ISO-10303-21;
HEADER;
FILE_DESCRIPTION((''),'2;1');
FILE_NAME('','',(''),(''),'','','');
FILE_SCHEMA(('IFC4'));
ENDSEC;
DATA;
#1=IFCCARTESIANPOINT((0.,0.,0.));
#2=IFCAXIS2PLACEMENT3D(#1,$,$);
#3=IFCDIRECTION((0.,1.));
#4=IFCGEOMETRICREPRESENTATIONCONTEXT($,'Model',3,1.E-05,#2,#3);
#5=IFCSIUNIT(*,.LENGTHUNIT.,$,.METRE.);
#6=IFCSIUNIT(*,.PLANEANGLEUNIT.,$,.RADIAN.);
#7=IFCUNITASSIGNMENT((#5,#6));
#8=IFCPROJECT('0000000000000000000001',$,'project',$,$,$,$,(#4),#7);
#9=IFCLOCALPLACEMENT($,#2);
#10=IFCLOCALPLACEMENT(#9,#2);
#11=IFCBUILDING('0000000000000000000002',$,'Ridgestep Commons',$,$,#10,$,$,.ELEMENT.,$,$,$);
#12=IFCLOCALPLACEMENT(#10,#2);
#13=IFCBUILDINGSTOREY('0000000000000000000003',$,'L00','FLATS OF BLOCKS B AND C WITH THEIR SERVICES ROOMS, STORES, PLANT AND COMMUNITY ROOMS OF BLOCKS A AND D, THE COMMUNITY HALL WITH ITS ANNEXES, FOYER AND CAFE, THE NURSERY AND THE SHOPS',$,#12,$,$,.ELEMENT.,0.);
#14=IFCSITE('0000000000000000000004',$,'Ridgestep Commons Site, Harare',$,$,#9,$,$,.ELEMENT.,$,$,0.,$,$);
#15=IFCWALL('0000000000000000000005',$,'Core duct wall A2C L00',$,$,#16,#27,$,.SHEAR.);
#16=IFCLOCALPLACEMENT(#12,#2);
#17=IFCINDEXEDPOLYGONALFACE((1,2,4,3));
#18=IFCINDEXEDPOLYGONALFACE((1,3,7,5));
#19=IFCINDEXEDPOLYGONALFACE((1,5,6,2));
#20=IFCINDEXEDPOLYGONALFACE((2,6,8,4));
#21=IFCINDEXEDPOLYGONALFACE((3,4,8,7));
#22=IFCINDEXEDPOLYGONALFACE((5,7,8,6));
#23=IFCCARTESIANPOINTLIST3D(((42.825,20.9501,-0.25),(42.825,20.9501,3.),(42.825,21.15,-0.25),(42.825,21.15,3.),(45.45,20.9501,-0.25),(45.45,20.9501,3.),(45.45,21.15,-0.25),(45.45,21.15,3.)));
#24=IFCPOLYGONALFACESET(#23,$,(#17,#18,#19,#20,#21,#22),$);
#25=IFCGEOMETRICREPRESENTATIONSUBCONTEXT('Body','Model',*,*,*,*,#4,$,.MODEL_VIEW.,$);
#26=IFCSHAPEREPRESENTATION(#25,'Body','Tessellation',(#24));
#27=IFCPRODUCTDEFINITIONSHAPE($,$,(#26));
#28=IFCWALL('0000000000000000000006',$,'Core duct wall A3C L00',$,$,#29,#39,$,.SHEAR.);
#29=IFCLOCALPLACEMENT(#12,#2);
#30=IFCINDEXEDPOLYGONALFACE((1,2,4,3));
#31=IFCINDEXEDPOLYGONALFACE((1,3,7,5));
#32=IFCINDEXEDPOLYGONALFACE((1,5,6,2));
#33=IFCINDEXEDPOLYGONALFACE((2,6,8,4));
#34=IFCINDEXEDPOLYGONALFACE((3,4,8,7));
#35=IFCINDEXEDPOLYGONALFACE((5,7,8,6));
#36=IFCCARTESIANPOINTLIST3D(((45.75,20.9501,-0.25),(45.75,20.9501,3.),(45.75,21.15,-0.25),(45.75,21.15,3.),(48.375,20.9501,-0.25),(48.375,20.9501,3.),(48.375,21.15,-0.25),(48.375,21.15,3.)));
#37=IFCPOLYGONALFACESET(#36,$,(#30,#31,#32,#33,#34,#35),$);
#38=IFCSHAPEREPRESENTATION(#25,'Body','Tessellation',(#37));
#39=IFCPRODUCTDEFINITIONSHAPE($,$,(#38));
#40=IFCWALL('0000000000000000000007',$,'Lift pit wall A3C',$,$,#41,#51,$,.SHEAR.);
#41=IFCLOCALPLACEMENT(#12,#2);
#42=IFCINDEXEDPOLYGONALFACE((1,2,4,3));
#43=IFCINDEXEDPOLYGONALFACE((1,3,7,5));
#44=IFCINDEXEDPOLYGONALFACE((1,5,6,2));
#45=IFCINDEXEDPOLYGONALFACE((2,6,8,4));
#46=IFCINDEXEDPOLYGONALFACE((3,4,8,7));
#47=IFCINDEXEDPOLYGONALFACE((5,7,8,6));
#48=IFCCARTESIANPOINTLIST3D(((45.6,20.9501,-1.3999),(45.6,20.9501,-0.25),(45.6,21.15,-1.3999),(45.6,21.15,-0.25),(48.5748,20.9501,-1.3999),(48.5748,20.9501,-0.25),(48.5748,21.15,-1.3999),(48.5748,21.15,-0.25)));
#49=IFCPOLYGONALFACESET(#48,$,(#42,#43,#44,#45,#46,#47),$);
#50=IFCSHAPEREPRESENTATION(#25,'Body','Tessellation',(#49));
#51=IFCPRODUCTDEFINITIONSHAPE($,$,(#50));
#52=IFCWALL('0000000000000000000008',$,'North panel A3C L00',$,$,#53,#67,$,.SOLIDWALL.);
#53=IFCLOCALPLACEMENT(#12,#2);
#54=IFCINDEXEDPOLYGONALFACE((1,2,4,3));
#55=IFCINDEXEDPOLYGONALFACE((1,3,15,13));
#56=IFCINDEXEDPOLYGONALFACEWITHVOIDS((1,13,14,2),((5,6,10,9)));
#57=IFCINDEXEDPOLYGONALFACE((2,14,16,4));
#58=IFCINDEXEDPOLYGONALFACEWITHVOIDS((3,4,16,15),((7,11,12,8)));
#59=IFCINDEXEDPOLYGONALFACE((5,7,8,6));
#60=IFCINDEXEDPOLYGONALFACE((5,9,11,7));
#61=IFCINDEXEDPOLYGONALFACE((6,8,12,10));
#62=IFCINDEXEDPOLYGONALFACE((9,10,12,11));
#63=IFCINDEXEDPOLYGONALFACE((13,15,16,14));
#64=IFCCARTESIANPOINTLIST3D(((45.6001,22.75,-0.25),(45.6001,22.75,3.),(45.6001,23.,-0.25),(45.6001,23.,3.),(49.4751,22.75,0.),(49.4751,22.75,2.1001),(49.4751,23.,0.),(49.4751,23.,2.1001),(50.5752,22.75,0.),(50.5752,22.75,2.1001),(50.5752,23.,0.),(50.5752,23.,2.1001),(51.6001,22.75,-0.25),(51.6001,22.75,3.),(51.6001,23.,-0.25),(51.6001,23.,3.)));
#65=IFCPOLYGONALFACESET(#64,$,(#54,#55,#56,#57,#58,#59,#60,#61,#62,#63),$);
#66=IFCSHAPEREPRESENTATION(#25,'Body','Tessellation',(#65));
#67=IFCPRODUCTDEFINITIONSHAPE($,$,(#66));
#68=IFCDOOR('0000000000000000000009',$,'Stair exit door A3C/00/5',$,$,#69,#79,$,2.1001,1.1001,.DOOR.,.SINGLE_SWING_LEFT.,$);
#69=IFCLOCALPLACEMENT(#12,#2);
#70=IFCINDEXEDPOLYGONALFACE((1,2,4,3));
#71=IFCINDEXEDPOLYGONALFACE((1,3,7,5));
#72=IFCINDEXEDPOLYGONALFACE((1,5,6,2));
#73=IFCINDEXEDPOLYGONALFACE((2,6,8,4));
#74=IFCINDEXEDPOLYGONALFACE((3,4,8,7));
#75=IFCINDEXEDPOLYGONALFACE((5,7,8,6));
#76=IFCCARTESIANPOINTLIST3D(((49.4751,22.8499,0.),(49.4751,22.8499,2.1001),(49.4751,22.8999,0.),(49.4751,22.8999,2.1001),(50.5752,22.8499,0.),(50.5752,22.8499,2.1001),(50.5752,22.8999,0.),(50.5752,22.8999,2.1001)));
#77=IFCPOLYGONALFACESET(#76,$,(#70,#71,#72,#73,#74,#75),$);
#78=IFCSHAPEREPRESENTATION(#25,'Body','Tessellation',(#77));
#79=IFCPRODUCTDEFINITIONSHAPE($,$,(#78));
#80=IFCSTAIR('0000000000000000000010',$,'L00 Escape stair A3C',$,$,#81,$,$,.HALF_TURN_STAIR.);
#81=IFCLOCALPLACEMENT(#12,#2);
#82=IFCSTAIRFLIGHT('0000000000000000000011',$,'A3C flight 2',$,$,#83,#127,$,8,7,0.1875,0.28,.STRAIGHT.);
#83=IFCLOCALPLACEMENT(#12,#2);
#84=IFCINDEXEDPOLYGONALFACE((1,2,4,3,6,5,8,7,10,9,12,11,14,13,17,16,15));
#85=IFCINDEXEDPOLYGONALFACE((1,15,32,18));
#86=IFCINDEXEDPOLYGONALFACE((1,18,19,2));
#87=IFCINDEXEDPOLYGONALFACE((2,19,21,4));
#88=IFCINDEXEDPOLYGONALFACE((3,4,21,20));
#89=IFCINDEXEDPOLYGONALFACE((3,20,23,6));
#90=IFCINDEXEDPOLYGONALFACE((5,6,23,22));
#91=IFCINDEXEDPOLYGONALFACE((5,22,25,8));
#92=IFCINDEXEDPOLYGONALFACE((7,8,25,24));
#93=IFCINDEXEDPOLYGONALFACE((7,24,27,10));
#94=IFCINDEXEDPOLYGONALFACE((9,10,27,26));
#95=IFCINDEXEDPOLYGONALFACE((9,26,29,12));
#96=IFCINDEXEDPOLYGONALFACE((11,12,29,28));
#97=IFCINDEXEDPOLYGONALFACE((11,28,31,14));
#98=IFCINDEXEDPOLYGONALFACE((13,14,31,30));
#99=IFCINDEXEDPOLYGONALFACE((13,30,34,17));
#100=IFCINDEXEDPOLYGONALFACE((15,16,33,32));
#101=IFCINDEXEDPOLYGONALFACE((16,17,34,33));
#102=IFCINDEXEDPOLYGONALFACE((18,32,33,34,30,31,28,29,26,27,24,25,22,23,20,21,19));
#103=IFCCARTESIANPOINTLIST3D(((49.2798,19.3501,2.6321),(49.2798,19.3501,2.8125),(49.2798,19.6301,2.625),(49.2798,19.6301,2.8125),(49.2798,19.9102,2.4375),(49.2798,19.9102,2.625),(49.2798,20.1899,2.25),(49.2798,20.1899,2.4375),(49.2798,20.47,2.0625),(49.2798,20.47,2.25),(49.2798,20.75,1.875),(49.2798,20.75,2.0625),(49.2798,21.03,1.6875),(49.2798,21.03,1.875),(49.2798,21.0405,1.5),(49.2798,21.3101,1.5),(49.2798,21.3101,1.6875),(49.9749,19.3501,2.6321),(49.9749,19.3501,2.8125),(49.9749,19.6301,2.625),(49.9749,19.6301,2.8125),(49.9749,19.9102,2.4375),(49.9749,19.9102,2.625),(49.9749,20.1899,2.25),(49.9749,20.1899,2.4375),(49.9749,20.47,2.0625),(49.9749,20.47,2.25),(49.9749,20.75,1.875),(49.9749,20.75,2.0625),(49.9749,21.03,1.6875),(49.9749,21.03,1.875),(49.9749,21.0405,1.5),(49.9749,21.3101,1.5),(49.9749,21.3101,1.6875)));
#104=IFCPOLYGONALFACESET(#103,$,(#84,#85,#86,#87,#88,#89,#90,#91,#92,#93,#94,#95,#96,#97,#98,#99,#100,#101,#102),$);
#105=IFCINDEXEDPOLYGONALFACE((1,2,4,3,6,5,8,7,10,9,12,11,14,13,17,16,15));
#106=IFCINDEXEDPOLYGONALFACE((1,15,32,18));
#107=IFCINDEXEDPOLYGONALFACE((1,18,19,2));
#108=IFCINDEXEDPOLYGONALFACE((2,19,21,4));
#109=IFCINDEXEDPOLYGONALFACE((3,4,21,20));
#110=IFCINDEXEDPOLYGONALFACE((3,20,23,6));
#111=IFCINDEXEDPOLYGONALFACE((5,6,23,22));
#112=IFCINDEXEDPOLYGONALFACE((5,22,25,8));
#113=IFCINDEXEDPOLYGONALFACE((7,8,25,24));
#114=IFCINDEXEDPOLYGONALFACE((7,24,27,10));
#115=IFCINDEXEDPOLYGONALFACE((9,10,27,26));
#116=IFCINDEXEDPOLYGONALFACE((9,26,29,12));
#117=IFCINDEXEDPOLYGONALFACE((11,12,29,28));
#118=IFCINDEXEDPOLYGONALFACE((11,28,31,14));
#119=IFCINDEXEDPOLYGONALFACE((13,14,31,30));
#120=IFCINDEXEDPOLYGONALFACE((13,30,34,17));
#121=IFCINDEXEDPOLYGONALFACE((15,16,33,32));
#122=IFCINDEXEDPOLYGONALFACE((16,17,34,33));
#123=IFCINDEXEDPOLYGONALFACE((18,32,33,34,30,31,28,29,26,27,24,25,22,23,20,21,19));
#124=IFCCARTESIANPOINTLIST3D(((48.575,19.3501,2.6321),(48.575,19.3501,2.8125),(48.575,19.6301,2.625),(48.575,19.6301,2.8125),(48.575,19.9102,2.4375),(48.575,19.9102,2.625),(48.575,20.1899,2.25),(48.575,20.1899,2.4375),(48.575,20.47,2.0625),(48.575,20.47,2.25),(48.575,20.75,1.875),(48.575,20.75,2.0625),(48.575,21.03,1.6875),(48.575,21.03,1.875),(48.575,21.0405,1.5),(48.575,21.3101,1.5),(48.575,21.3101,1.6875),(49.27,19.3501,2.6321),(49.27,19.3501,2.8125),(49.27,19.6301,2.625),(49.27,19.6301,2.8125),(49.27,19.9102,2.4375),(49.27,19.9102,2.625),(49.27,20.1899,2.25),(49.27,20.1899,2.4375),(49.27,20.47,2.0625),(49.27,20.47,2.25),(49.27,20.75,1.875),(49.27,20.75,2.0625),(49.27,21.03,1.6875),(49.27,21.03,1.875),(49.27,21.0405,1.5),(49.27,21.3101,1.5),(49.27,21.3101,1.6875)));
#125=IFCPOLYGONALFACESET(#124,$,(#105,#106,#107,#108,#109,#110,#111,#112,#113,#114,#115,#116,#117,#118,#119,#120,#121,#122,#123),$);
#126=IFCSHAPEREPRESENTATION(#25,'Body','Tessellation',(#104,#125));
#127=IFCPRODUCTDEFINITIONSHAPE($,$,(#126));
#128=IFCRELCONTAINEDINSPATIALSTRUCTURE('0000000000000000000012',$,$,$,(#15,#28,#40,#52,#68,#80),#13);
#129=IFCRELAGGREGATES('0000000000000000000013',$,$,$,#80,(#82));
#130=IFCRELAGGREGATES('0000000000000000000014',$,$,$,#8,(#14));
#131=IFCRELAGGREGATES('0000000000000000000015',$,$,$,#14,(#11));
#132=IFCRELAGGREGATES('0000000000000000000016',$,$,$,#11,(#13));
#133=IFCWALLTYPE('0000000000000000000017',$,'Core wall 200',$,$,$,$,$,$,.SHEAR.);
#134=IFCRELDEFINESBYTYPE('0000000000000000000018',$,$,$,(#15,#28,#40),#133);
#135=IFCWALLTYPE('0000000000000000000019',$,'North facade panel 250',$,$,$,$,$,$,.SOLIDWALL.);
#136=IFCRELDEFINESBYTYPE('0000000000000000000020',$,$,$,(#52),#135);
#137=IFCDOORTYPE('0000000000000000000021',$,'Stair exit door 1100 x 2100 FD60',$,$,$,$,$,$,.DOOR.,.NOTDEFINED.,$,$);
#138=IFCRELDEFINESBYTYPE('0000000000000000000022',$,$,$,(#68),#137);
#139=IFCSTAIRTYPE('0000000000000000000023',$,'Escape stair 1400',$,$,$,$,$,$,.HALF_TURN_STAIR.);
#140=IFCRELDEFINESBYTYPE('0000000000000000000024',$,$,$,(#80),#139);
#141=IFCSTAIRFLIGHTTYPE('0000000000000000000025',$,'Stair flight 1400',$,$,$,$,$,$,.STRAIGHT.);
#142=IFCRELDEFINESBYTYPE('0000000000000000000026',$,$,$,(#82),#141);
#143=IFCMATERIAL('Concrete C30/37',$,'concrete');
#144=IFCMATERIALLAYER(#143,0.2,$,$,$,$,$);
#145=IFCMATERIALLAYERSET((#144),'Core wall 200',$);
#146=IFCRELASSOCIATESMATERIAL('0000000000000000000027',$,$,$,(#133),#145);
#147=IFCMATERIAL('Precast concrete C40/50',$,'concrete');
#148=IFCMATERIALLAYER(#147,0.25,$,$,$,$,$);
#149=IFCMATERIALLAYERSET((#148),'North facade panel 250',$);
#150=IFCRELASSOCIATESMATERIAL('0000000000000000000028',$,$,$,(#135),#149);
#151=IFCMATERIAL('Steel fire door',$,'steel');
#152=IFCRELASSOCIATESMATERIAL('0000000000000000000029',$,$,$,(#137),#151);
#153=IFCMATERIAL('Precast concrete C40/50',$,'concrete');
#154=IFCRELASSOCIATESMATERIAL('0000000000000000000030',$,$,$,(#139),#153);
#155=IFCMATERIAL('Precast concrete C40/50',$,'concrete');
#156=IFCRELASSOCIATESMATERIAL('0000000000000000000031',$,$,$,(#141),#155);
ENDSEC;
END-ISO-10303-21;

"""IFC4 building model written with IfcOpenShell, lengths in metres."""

from ifc_helpers import new_model, si_unit, direction, frame, frame_2d, origin, place, context, subcontext, project, spatial, polyline, rectangle, outline, extrude, material, layer, layer_set, type_object, element, fill, aggregate, save


model = new_model("IFC4")

# Units and contexts
model_context = context("Model", 3, precision=1e-05, world=origin(), true_north=direction((0.0, 1.0)))
body_context = subcontext(model_context, "Body", "Model", "MODEL_VIEW")
ifc_project = project(units=[si_unit("LENGTHUNIT", "METRE"), si_unit("PLANEANGLEUNIT", "RADIAN")], contexts=[model_context])

# Site, building, storey
site_placement = place(None, origin())
site = spatial("IfcSite", under=ifc_project, at=site_placement, Name="Ridgestep Commons Site, Harare", CompositionType="ELEMENT", RefElevation=0.0)
building_placement = place(site_placement, origin())
building = spatial("IfcBuilding", under=site, at=building_placement, Name="Ridgestep Commons", CompositionType="ELEMENT")
storey_placement = place(building_placement, origin())
storey = spatial("IfcBuildingStorey", under=building, at=storey_placement, Name="L00", Description="FLATS OF BLOCKS B AND C WITH THEIR SERVICES ROOMS, STORES, PLANT AND COMMUNITY ROOMS OF BLOCKS A AND D, THE COMMUNITY HALL WITH ITS ANNEXES, FOYER AND CAFE, THE NURSERY AND THE SHOPS", CompositionType="ELEMENT", Elevation=0.0)

# Walls
ifc_material_1 = material(Name="Concrete C30/37", Category="concrete")
ifc_layer_1 = layer(ifc_material_1, 0.2)
ifc_layer_set_1 = layer_set([ifc_layer_1], Name="Core wall 200")
wall_type_1 = type_object("IfcWallType", Name="Core wall 200", PredefinedType="SHEAR", material=ifc_layer_set_1)
for number, where, z_axis, x_axis, name in (
    (1, (42.825, 21.05, -0.25), (0.0, 0.0, 1.0), (1.0, 0.0, 0.0), "Core duct wall A2C L00"),
    (2, (45.75, 21.05, -0.25), (0.0, 0.0, 1.0), (1.0, 0.0, 0.0), "Core duct wall A3C L00"),
):
    element("IfcWall", number, at=place(storey_placement, frame(where, z_axis=z_axis, x_axis=x_axis)), inside=storey, type_object=wall_type_1, Name=name, PredefinedType="SHEAR", context=body_context, shape_type="SweptSolid", body=[
        extrude(rectangle(XDim=2.625, YDim=0.2, at=frame_2d((1.3125, 0.0))), origin(), (0.0, 0.0, 1.0), 3.25),
    ])
wall_1_placement = place(storey_placement, frame((45.6001, 21.05, -1.3999), z_axis=(0.0, 0.0, 1.0), x_axis=(1.0, 0.0, 0.0)))
element("IfcWall", 3, at=wall_1_placement, inside=storey, type_object=wall_type_1, Name="Lift pit wall A3C", PredefinedType="SHEAR", context=body_context, shape_type="SweptSolid", body=[
    extrude(rectangle(XDim=2.9749, YDim=0.2, at=frame_2d((1.4873, 0.0))), origin(), (0.0, 0.0, 1.0), 1.1499),
])

# Wall, opening, door
ifc_material_2 = material(Name="Precast concrete C40/50", Category="concrete")
ifc_layer_2 = layer(ifc_material_2, 0.25)
ifc_layer_set_2 = layer_set([ifc_layer_2], Name="North facade panel 250")
wall_type_2 = type_object("IfcWallType", Name="North facade panel 250", PredefinedType="SOLIDWALL", material=ifc_layer_set_2)
wall_2_placement = place(storey_placement, frame((45.6001, 22.875, -0.25), z_axis=(0.0, 0.0, 1.0), x_axis=(1.0, 0.0, 0.0)))
wall_2 = element("IfcWall", 4, at=wall_2_placement, inside=storey, type_object=wall_type_2, Name="North panel A3C L00", PredefinedType="SOLIDWALL", context=body_context, shape_type="SweptSolid", body=[
    extrude(rectangle(XDim=6.0, YDim=0.25, at=frame_2d((3.0, 0.0))), origin(), (0.0, 0.0, 1.0), 3.25),
])
opening_placement = place(wall_2_placement, frame((3.875, 0.0, 0.25)))
opening = element("IfcOpeningElement", 5, at=opening_placement, cuts=wall_2, PredefinedType="OPENING", context=body_context, shape_type="SweptSolid", body=[
    extrude(rectangle(XDim=1.1001, YDim=2.1001, at=frame_2d((0.55, 1.05))), frame((0.0, 0.135, 0.0), z_axis=(0.0, -1.0, 0.0), x_axis=(1.0, 0.0, 0.0)), (0.0, 0.0, 1.0), 0.27),
])
ifc_material_3 = material(Name="Steel fire door", Category="steel")
door_type = type_object("IfcDoorType", Name="Stair exit door 1100 x 2100 FD60", OperationType="NOTDEFINED", PredefinedType="DOOR", material=ifc_material_3)
door_placement = place(opening_placement, origin())
door = element("IfcDoor", 6, at=door_placement, inside=storey, type_object=door_type, Name="Stair exit door A3C/00/5", OperationType="SINGLE_SWING_LEFT", OverallHeight=2.1001, OverallWidth=1.1001, PredefinedType="DOOR", context=body_context, shape_type="SweptSolid", body=[
    extrude(rectangle(XDim=1.1001, YDim=2.1001, at=frame_2d((0.55, 1.05))), frame((0.0, 0.0249, 0.0), z_axis=(0.0, -1.0, 0.0), x_axis=(1.0, 0.0, 0.0)), (0.0, 0.0, 1.0), 0.05),
])
fill(opening, door)

# Stair, stair flight
ifc_material_4 = material(Name="Precast concrete C40/50", Category="concrete")
stair_type = type_object("IfcStairType", Name="Escape stair 1400", PredefinedType="HALF_TURN_STAIR", material=ifc_material_4)
stair_placement = place(storey_placement, origin())
stair = element("IfcStair", 7, at=stair_placement, inside=storey, type_object=stair_type, Name="L00 Escape stair A3C", PredefinedType="HALF_TURN_STAIR")
ifc_material_5 = material(Name="Precast concrete C40/50", Category="concrete")
stair_flight_type = type_object("IfcStairFlightType", Name="Stair flight 1400", PredefinedType="STRAIGHT", material=ifc_material_5)
stair_flight_placement = place(storey_placement, frame((49.2749, 21.3101, 1.5), z_axis=(0.0, 0.0, 1.0), x_axis=(0.0, -1.0, 0.0)))
stair_flight = element("IfcStairFlight", 8, at=stair_flight_placement, type_object=stair_flight_type, Name="A3C flight 2", NumberOfRisers=8, NumberOfTreads=7, PredefinedType="STRAIGHT", RiserHeight=0.1875, TreadLength=0.28, context=body_context, shape_type="SweptSolid", body=[
    extrude(outline(polyline([(0.0, 0.0), (0.0, 0.1875), (0.28, 0.1875), (0.28, 0.375), (0.5601, 0.375), (0.5601, 0.5625), (0.8401, 0.5625), (0.8401, 0.75), (1.1201, 0.75), (1.1201, 0.9375), (1.3999, 0.9375), (1.3999, 1.125), (1.6799, 1.125), (1.6799, 1.3125), (1.96, 1.3125), (1.96, 1.5), (1.96, 1.1321), (0.2695, 0.0), (0.0, 0.0)])), frame((0.0, 0.7, 0.0), z_axis=(0.0, -1.0, 0.0), x_axis=(1.0, 0.0, 0.0)), (0.0, 0.0, 1.0), 0.6951),
    extrude(outline(polyline([(0.0, 0.0), (0.0, 0.1875), (0.28, 0.1875), (0.28, 0.375), (0.5601, 0.375), (0.5601, 0.5625), (0.8401, 0.5625), (0.8401, 0.75), (1.1201, 0.75), (1.1201, 0.9375), (1.3999, 0.9375), (1.3999, 1.125), (1.6799, 1.125), (1.6799, 1.3125), (1.96, 1.3125), (1.96, 1.5), (1.96, 1.1321), (0.2695, 0.0), (0.0, 0.0)])), frame((0.0, -0.0049, 0.0), z_axis=(0.0, -1.0, 0.0), x_axis=(1.0, 0.0, 0.0)), (0.0, 0.0, 1.0), 0.6951),
])
aggregate(stair, [stair_flight])

save(model, "model.ifc")
